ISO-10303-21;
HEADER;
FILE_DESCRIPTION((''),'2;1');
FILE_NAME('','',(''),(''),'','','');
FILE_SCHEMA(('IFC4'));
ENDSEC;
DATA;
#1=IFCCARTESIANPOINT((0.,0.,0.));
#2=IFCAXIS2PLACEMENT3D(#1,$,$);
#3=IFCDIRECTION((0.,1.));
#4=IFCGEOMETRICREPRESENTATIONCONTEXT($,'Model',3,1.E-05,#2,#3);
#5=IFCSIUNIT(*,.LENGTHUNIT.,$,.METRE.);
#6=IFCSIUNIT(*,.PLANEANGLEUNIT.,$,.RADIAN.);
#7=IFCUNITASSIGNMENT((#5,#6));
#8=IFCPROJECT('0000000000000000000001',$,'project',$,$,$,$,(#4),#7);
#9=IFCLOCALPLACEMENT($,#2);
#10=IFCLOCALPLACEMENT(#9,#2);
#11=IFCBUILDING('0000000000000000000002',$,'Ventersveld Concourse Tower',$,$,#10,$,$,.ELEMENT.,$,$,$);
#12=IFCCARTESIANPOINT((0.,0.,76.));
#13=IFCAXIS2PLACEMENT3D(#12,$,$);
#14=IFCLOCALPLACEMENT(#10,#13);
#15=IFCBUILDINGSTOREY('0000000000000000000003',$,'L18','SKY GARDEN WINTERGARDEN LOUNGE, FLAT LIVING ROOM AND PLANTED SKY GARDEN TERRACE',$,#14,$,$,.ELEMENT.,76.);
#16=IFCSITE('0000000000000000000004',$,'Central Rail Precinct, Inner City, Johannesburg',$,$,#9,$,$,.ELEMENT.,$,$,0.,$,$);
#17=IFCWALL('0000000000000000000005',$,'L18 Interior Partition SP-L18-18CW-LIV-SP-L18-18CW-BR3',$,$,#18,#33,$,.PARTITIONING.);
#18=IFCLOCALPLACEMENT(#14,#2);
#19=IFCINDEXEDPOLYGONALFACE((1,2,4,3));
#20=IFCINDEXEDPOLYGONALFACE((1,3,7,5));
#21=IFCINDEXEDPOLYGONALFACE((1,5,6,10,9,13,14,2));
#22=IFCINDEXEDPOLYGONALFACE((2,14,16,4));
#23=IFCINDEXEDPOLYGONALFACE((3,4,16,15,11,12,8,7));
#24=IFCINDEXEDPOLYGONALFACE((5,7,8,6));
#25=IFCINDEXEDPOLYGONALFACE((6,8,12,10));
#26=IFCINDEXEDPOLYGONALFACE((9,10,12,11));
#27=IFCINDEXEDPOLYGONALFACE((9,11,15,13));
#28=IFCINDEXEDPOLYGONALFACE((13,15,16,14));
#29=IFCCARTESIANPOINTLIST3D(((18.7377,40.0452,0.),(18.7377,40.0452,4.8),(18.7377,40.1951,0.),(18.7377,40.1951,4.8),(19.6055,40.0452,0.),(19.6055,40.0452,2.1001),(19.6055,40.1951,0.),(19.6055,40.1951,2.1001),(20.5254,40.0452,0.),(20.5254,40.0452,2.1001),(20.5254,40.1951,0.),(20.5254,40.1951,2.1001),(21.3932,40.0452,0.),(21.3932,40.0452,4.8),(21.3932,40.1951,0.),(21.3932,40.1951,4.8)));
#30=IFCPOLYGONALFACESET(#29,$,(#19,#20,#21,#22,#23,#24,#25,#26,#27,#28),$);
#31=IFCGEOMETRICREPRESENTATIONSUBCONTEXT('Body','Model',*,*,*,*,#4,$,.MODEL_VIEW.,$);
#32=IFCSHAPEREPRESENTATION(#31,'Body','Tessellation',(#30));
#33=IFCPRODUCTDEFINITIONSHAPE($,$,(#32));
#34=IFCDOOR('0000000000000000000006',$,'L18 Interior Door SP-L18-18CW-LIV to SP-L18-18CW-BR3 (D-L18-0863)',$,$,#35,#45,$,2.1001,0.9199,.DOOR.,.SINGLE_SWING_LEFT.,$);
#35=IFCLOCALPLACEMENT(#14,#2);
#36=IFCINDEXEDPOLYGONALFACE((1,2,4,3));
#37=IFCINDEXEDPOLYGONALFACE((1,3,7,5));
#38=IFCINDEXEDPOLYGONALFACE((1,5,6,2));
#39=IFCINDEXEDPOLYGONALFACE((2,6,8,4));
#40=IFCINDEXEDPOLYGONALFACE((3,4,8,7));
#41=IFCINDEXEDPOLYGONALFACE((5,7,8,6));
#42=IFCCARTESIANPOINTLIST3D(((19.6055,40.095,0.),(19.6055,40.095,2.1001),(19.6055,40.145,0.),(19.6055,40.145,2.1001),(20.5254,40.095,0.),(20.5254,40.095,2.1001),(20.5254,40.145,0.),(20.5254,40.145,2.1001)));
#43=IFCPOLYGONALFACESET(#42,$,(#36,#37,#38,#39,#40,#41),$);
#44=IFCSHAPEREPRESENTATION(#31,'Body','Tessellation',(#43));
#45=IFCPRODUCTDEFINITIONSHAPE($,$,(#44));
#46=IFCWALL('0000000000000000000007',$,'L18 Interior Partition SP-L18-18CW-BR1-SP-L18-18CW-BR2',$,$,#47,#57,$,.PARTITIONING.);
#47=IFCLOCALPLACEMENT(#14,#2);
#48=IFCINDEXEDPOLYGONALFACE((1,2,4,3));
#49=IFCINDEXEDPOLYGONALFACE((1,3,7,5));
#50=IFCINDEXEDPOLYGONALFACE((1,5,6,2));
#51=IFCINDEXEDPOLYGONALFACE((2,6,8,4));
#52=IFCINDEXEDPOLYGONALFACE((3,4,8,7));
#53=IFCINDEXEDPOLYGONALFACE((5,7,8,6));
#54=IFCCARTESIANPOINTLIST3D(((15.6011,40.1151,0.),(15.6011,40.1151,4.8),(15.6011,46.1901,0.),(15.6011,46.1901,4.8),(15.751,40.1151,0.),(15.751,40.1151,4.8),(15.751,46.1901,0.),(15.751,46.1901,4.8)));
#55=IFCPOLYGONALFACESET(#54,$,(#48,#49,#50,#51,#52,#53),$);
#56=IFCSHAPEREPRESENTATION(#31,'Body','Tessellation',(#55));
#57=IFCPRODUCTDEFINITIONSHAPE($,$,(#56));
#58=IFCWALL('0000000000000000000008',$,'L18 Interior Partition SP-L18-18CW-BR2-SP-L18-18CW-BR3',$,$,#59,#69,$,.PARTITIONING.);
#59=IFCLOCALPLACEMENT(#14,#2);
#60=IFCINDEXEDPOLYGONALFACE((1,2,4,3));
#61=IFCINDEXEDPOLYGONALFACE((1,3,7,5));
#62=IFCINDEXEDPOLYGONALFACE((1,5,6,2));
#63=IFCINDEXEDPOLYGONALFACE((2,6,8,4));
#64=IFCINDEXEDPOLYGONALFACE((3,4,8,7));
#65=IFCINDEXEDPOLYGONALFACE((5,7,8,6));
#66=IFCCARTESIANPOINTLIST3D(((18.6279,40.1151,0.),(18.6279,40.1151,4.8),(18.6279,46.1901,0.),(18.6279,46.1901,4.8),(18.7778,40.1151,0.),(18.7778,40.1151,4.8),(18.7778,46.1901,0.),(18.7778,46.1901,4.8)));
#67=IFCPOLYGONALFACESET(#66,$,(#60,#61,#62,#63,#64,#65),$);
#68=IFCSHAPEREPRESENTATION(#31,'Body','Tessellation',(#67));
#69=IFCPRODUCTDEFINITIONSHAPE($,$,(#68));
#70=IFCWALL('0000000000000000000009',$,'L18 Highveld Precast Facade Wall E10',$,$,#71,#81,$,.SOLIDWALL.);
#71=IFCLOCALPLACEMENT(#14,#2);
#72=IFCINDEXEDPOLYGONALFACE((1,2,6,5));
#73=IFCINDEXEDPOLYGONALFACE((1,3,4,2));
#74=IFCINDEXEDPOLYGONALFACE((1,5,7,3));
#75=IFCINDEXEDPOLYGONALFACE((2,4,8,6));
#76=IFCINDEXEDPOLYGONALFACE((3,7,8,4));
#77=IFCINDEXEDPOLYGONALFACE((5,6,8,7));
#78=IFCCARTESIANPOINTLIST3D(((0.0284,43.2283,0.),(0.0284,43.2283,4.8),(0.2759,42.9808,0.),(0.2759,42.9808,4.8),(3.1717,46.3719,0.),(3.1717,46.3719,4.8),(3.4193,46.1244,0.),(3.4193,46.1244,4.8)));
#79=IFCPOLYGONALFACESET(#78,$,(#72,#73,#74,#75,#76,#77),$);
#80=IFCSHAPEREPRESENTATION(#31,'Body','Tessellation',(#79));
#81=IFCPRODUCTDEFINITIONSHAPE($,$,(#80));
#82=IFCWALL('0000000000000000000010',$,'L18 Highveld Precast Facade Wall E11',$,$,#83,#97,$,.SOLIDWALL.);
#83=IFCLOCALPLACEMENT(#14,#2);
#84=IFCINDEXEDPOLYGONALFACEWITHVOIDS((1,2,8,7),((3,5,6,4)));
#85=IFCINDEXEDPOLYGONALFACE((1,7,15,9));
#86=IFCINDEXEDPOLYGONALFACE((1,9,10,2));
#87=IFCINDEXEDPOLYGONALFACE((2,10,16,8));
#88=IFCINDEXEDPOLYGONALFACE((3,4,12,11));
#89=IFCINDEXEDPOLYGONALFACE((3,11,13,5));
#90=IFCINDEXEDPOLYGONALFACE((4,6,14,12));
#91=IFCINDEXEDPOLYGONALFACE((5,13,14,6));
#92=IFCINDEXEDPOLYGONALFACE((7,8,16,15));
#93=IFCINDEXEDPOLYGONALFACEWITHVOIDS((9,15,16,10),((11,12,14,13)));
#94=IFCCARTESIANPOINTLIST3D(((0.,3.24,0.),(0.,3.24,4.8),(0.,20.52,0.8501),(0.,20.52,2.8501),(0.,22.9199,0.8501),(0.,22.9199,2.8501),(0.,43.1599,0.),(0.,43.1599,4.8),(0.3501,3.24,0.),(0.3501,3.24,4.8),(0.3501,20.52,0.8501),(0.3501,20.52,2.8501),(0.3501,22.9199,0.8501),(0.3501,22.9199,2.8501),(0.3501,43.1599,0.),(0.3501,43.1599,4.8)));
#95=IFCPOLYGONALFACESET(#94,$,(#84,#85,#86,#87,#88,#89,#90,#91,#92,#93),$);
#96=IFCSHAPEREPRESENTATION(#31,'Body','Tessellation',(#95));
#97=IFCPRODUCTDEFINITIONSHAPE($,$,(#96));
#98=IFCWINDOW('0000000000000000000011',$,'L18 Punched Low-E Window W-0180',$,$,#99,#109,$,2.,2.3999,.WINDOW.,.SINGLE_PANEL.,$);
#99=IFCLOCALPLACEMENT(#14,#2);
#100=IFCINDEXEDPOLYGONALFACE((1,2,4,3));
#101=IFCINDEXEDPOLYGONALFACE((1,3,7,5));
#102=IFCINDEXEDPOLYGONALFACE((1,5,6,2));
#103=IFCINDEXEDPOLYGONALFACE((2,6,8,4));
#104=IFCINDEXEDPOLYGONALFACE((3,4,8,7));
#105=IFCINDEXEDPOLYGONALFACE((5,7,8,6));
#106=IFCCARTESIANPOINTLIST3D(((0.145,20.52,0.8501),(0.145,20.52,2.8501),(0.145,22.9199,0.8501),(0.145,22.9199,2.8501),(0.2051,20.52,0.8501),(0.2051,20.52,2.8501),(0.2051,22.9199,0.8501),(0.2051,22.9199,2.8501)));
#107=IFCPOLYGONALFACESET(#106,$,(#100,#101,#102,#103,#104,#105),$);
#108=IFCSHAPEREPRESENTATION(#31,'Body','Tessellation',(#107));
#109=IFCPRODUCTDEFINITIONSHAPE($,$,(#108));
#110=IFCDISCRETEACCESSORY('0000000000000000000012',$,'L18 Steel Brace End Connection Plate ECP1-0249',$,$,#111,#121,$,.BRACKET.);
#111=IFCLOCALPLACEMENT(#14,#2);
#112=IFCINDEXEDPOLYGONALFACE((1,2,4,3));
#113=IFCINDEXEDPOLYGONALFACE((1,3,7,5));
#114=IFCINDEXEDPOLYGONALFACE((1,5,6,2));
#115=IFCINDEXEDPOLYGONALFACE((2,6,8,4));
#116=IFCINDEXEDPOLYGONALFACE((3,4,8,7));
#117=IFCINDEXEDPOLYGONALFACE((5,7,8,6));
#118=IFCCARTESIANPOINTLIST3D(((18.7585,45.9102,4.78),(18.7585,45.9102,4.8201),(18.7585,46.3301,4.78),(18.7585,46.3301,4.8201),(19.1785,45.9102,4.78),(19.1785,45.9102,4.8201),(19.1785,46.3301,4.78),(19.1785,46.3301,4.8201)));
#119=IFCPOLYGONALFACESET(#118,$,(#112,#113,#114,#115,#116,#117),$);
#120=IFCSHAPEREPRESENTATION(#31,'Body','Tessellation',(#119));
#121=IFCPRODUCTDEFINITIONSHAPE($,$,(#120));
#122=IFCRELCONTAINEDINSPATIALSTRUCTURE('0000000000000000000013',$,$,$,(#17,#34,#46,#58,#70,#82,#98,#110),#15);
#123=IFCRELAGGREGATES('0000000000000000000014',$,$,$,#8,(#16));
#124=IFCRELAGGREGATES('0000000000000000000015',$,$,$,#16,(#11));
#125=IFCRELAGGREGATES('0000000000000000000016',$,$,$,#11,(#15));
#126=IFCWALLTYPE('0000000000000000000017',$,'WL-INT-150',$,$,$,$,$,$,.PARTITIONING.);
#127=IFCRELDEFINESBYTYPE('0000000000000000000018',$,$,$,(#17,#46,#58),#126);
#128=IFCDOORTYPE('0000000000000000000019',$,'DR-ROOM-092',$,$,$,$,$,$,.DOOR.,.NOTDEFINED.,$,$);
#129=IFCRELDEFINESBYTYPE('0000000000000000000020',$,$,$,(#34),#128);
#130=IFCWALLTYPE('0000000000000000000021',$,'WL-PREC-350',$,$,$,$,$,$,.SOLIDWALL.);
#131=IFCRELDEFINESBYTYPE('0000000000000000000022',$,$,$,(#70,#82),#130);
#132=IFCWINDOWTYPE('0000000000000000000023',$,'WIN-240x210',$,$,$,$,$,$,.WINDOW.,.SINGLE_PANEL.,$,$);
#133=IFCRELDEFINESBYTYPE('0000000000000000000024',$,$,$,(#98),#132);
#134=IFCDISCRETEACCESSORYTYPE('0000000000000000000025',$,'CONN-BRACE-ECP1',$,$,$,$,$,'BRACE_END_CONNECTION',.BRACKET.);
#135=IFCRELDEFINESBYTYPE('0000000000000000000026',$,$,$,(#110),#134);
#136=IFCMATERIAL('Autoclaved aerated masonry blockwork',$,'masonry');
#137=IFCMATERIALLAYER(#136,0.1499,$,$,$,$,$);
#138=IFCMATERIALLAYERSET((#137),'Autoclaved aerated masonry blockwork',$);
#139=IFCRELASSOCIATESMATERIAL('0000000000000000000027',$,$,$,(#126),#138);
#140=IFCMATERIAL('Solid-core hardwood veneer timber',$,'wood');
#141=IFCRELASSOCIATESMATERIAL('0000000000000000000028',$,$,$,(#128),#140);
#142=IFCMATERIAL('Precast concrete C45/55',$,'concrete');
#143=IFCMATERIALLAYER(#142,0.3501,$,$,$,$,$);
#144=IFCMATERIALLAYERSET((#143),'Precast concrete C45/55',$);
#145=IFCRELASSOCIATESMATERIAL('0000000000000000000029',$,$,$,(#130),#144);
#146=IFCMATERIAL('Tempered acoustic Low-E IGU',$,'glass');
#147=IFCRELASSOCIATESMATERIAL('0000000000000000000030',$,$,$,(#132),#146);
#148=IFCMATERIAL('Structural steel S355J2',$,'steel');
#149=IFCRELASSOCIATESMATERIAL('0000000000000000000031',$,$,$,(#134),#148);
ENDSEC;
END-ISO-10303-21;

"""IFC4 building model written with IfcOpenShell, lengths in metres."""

from ifc_helpers import new_model, si_unit, direction, frame, frame_2d, origin, origin_2d, place, context, subcontext, project, spatial, rectangle, extrude, material, layer, layer_set, type_object, element, fill, save


model = new_model("IFC4")

# Units and contexts
model_context = context("Model", 3, precision=1e-05, world=origin(), true_north=direction((0.0, 1.0)))
body_context = subcontext(model_context, "Body", "Model", "MODEL_VIEW")
ifc_project = project(units=[si_unit("LENGTHUNIT", "METRE"), si_unit("PLANEANGLEUNIT", "RADIAN")], contexts=[model_context])

# Site, building, storey
site_placement = place(None, origin())
site = spatial("IfcSite", under=ifc_project, at=site_placement, Name="Central Rail Precinct, Inner City, Johannesburg", CompositionType="ELEMENT", RefElevation=0.0)
building_placement = place(site_placement, origin())
building = spatial("IfcBuilding", under=site, at=building_placement, Name="Ventersveld Concourse Tower", CompositionType="ELEMENT")
storey_placement = place(building_placement, frame((0.0, 0.0, 76.0)))
storey = spatial("IfcBuildingStorey", under=building, at=storey_placement, Name="L18", Description="SKY GARDEN WINTERGARDEN LOUNGE, FLAT LIVING ROOM AND PLANTED SKY GARDEN TERRACE", CompositionType="ELEMENT", Elevation=76.0)

# Shared definitions
ifc_material_1 = material(Name="Structural steel S355J2", Category="steel")

# Shared definitions
ifc_material_2 = material(Name="Autoclaved aerated masonry blockwork", Category="masonry")
ifc_layer_1 = layer(ifc_material_2, 0.1499)
ifc_layer_set_1 = layer_set([ifc_layer_1], Name="Autoclaved aerated masonry blockwork")
wall_type_1 = type_object("IfcWallType", Name="WL-INT-150", PredefinedType="PARTITIONING", material=ifc_layer_set_1)

# Wall, opening, door
ifc_material_3 = material(Name="Solid-core hardwood veneer timber", Category="wood")
door_type = type_object("IfcDoorType", Name="DR-ROOM-092", OperationType="NOTDEFINED", PredefinedType="DOOR", material=ifc_material_3)
wall_1_placement = place(storey_placement, frame((18.7378, 40.1201, 0.0), z_axis=(0.0, 0.0, 1.0), x_axis=(1.0, 0.0, 0.0)))
wall_1 = element("IfcWall", 1, at=wall_1_placement, inside=storey, type_object=wall_type_1, Name="L18 Interior Partition SP-L18-18CW-LIV-SP-L18-18CW-BR3", PredefinedType="PARTITIONING", context=body_context, shape_type="SweptSolid", body=[
    extrude(rectangle(XDim=2.6555, YDim=0.1499, at=frame_2d((1.3276, 0.0))), origin(), (0.0, 0.0, 1.0), 4.8),
])
opening_1_placement = place(wall_1_placement, frame((0.8677, 0.0, 0.0)))
opening_1 = element("IfcOpeningElement", 2, at=opening_1_placement, cuts=wall_1, PredefinedType="OPENING", context=body_context, shape_type="SweptSolid", body=[
    extrude(rectangle(XDim=0.9199, YDim=2.1001, at=frame_2d((0.46, 1.05))), frame((0.0, 0.085, 0.0), z_axis=(0.0, -1.0, 0.0), x_axis=(1.0, 0.0, 0.0)), (0.0, 0.0, 1.0), 0.1699),
])
door_1_placement = place(opening_1_placement, origin())
door_1 = element("IfcDoor", 3, at=door_1_placement, inside=storey, type_object=door_type, Name="L18 Interior Door SP-L18-18CW-LIV to SP-L18-18CW-BR3 (D-L18-0863)", OperationType="SINGLE_SWING_LEFT", OverallHeight=2.1001, OverallWidth=0.9199, PredefinedType="DOOR", context=body_context, shape_type="SweptSolid", body=[
    extrude(rectangle(XDim=0.9199, YDim=2.1001, at=frame_2d((0.46, 1.05))), frame((0.0, 0.0249, 0.0), z_axis=(0.0, -1.0, 0.0), x_axis=(1.0, 0.0, 0.0)), (0.0, 0.0, 1.0), 0.05),
])
fill(opening_1, door_1)

# Walls
for number, where, z_axis, x_axis, name in (
    (4, (15.676, 40.115, 0.0), (0.0, 0.0, 1.0), (0.0, 1.0, 0.0), "L18 Interior Partition SP-L18-18CW-BR1-SP-L18-18CW-BR2"),
    (5, (18.7029, 40.115, 0.0), (0.0, 0.0, 1.0), (0.0, 1.0, 0.0), "L18 Interior Partition SP-L18-18CW-BR2-SP-L18-18CW-BR3"),
):
    element("IfcWall", number, at=place(storey_placement, frame(where, z_axis=z_axis, x_axis=x_axis)), inside=storey, type_object=wall_type_1, Name=name, PredefinedType="PARTITIONING", context=body_context, shape_type="SweptSolid", body=[
        extrude(rectangle(XDim=6.075, YDim=0.1499, at=frame_2d((3.0376, 0.0))), origin(), (0.0, 0.0, 1.0), 4.8),
    ])
ifc_material_4 = material(Name="Precast concrete C45/55", Category="concrete")
ifc_layer_2 = layer(ifc_material_4, 0.3501)
ifc_layer_set_2 = layer_set([ifc_layer_2], Name="Precast concrete C45/55")
wall_type_2 = type_object("IfcWallType", Name="WL-PREC-350", PredefinedType="SOLIDWALL", material=ifc_layer_set_2)
wall_2_placement = place(storey_placement, frame((3.2954, 46.248, 0.0), z_axis=(0.0, 0.0, 1.0), x_axis=(-0.707079, -0.707134, 0.0)))
element("IfcWall", 6, at=wall_2_placement, inside=storey, type_object=wall_type_2, Name="L18 Highveld Precast Facade Wall E10", PredefinedType="SOLIDWALL", context=body_context, shape_type="SweptSolid", body=[
    extrude(rectangle(XDim=4.4456, YDim=0.3501, at=frame_2d((2.2227, 0.0))), origin(), (0.0, 0.0, 1.0), 4.8),
])

# Wall, opening, window
wall_3_placement = place(storey_placement, frame((0.175, 43.1599, 0.0), z_axis=(0.0, 0.0, 1.0), x_axis=(0.0, -1.0, 0.0)))
wall_3 = element("IfcWall", 7, at=wall_3_placement, inside=storey, type_object=wall_type_2, Name="L18 Highveld Precast Facade Wall E11", PredefinedType="SOLIDWALL", context=body_context, shape_type="SweptSolid", body=[
    extrude(rectangle(XDim=39.9199, YDim=0.3501, at=frame_2d((19.96, 0.0))), origin(), (0.0, 0.0, 1.0), 4.8),
])
opening_2_placement = place(wall_3_placement, frame((20.24, 0.0, 0.8501)))
opening_2 = element("IfcOpeningElement", 8, at=opening_2_placement, cuts=wall_3, PredefinedType="OPENING", context=body_context, shape_type="SweptSolid", body=[
    extrude(rectangle(XDim=2.3999, YDim=2.0, at=frame_2d((1.2, 1.0))), frame((0.0, 0.1851, 0.0), z_axis=(0.0, -1.0, 0.0), x_axis=(1.0, 0.0, 0.0)), (0.0, 0.0, 1.0), 0.3701),
])
ifc_material_5 = material(Name="Tempered acoustic Low-E IGU", Category="glass")
window_type = type_object("IfcWindowType", Name="WIN-240x210", PartitioningType="SINGLE_PANEL", PredefinedType="WINDOW", material=ifc_material_5)
window_placement = place(opening_2_placement, origin())
window = element("IfcWindow", 9, at=window_placement, inside=storey, type_object=window_type, Name="L18 Punched Low-E Window W-0180", OverallHeight=2.0, OverallWidth=2.3999, PartitioningType="SINGLE_PANEL", PredefinedType="WINDOW", context=body_context, shape_type="SweptSolid", body=[
    extrude(rectangle(XDim=2.3999, YDim=2.0, at=frame_2d((1.2, 1.0))), frame((0.0, 0.03, 0.0), z_axis=(0.0, -1.0, 0.0), x_axis=(1.0, 0.0, 0.0)), (0.0, 0.0, 1.0), 0.0601),
])
fill(opening_2, window)

# Discrete accessory
discrete_accessory_type = type_object("IfcDiscreteAccessoryType", Name="CONN-BRACE-ECP1", ElementType="BRACE_END_CONNECTION", PredefinedType="BRACKET", material=ifc_material_1)
discrete_accessory_placement = place(storey_placement, frame((18.9685, 46.1201, 4.78), z_axis=(0.0, 0.0, 1.0), x_axis=(1.0, 0.0, 0.0)))
element("IfcDiscreteAccessory", 10, at=discrete_accessory_placement, inside=storey, type_object=discrete_accessory_type, Name="L18 Steel Brace End Connection Plate ECP1-0249", PredefinedType="BRACKET", context=body_context, shape_type="SweptSolid", body=[
    extrude(rectangle(XDim=0.4199, YDim=0.4199, at=origin_2d()), origin(), (0.0, 0.0, 1.0), 0.04),
])

save(model, "model.ifc")
